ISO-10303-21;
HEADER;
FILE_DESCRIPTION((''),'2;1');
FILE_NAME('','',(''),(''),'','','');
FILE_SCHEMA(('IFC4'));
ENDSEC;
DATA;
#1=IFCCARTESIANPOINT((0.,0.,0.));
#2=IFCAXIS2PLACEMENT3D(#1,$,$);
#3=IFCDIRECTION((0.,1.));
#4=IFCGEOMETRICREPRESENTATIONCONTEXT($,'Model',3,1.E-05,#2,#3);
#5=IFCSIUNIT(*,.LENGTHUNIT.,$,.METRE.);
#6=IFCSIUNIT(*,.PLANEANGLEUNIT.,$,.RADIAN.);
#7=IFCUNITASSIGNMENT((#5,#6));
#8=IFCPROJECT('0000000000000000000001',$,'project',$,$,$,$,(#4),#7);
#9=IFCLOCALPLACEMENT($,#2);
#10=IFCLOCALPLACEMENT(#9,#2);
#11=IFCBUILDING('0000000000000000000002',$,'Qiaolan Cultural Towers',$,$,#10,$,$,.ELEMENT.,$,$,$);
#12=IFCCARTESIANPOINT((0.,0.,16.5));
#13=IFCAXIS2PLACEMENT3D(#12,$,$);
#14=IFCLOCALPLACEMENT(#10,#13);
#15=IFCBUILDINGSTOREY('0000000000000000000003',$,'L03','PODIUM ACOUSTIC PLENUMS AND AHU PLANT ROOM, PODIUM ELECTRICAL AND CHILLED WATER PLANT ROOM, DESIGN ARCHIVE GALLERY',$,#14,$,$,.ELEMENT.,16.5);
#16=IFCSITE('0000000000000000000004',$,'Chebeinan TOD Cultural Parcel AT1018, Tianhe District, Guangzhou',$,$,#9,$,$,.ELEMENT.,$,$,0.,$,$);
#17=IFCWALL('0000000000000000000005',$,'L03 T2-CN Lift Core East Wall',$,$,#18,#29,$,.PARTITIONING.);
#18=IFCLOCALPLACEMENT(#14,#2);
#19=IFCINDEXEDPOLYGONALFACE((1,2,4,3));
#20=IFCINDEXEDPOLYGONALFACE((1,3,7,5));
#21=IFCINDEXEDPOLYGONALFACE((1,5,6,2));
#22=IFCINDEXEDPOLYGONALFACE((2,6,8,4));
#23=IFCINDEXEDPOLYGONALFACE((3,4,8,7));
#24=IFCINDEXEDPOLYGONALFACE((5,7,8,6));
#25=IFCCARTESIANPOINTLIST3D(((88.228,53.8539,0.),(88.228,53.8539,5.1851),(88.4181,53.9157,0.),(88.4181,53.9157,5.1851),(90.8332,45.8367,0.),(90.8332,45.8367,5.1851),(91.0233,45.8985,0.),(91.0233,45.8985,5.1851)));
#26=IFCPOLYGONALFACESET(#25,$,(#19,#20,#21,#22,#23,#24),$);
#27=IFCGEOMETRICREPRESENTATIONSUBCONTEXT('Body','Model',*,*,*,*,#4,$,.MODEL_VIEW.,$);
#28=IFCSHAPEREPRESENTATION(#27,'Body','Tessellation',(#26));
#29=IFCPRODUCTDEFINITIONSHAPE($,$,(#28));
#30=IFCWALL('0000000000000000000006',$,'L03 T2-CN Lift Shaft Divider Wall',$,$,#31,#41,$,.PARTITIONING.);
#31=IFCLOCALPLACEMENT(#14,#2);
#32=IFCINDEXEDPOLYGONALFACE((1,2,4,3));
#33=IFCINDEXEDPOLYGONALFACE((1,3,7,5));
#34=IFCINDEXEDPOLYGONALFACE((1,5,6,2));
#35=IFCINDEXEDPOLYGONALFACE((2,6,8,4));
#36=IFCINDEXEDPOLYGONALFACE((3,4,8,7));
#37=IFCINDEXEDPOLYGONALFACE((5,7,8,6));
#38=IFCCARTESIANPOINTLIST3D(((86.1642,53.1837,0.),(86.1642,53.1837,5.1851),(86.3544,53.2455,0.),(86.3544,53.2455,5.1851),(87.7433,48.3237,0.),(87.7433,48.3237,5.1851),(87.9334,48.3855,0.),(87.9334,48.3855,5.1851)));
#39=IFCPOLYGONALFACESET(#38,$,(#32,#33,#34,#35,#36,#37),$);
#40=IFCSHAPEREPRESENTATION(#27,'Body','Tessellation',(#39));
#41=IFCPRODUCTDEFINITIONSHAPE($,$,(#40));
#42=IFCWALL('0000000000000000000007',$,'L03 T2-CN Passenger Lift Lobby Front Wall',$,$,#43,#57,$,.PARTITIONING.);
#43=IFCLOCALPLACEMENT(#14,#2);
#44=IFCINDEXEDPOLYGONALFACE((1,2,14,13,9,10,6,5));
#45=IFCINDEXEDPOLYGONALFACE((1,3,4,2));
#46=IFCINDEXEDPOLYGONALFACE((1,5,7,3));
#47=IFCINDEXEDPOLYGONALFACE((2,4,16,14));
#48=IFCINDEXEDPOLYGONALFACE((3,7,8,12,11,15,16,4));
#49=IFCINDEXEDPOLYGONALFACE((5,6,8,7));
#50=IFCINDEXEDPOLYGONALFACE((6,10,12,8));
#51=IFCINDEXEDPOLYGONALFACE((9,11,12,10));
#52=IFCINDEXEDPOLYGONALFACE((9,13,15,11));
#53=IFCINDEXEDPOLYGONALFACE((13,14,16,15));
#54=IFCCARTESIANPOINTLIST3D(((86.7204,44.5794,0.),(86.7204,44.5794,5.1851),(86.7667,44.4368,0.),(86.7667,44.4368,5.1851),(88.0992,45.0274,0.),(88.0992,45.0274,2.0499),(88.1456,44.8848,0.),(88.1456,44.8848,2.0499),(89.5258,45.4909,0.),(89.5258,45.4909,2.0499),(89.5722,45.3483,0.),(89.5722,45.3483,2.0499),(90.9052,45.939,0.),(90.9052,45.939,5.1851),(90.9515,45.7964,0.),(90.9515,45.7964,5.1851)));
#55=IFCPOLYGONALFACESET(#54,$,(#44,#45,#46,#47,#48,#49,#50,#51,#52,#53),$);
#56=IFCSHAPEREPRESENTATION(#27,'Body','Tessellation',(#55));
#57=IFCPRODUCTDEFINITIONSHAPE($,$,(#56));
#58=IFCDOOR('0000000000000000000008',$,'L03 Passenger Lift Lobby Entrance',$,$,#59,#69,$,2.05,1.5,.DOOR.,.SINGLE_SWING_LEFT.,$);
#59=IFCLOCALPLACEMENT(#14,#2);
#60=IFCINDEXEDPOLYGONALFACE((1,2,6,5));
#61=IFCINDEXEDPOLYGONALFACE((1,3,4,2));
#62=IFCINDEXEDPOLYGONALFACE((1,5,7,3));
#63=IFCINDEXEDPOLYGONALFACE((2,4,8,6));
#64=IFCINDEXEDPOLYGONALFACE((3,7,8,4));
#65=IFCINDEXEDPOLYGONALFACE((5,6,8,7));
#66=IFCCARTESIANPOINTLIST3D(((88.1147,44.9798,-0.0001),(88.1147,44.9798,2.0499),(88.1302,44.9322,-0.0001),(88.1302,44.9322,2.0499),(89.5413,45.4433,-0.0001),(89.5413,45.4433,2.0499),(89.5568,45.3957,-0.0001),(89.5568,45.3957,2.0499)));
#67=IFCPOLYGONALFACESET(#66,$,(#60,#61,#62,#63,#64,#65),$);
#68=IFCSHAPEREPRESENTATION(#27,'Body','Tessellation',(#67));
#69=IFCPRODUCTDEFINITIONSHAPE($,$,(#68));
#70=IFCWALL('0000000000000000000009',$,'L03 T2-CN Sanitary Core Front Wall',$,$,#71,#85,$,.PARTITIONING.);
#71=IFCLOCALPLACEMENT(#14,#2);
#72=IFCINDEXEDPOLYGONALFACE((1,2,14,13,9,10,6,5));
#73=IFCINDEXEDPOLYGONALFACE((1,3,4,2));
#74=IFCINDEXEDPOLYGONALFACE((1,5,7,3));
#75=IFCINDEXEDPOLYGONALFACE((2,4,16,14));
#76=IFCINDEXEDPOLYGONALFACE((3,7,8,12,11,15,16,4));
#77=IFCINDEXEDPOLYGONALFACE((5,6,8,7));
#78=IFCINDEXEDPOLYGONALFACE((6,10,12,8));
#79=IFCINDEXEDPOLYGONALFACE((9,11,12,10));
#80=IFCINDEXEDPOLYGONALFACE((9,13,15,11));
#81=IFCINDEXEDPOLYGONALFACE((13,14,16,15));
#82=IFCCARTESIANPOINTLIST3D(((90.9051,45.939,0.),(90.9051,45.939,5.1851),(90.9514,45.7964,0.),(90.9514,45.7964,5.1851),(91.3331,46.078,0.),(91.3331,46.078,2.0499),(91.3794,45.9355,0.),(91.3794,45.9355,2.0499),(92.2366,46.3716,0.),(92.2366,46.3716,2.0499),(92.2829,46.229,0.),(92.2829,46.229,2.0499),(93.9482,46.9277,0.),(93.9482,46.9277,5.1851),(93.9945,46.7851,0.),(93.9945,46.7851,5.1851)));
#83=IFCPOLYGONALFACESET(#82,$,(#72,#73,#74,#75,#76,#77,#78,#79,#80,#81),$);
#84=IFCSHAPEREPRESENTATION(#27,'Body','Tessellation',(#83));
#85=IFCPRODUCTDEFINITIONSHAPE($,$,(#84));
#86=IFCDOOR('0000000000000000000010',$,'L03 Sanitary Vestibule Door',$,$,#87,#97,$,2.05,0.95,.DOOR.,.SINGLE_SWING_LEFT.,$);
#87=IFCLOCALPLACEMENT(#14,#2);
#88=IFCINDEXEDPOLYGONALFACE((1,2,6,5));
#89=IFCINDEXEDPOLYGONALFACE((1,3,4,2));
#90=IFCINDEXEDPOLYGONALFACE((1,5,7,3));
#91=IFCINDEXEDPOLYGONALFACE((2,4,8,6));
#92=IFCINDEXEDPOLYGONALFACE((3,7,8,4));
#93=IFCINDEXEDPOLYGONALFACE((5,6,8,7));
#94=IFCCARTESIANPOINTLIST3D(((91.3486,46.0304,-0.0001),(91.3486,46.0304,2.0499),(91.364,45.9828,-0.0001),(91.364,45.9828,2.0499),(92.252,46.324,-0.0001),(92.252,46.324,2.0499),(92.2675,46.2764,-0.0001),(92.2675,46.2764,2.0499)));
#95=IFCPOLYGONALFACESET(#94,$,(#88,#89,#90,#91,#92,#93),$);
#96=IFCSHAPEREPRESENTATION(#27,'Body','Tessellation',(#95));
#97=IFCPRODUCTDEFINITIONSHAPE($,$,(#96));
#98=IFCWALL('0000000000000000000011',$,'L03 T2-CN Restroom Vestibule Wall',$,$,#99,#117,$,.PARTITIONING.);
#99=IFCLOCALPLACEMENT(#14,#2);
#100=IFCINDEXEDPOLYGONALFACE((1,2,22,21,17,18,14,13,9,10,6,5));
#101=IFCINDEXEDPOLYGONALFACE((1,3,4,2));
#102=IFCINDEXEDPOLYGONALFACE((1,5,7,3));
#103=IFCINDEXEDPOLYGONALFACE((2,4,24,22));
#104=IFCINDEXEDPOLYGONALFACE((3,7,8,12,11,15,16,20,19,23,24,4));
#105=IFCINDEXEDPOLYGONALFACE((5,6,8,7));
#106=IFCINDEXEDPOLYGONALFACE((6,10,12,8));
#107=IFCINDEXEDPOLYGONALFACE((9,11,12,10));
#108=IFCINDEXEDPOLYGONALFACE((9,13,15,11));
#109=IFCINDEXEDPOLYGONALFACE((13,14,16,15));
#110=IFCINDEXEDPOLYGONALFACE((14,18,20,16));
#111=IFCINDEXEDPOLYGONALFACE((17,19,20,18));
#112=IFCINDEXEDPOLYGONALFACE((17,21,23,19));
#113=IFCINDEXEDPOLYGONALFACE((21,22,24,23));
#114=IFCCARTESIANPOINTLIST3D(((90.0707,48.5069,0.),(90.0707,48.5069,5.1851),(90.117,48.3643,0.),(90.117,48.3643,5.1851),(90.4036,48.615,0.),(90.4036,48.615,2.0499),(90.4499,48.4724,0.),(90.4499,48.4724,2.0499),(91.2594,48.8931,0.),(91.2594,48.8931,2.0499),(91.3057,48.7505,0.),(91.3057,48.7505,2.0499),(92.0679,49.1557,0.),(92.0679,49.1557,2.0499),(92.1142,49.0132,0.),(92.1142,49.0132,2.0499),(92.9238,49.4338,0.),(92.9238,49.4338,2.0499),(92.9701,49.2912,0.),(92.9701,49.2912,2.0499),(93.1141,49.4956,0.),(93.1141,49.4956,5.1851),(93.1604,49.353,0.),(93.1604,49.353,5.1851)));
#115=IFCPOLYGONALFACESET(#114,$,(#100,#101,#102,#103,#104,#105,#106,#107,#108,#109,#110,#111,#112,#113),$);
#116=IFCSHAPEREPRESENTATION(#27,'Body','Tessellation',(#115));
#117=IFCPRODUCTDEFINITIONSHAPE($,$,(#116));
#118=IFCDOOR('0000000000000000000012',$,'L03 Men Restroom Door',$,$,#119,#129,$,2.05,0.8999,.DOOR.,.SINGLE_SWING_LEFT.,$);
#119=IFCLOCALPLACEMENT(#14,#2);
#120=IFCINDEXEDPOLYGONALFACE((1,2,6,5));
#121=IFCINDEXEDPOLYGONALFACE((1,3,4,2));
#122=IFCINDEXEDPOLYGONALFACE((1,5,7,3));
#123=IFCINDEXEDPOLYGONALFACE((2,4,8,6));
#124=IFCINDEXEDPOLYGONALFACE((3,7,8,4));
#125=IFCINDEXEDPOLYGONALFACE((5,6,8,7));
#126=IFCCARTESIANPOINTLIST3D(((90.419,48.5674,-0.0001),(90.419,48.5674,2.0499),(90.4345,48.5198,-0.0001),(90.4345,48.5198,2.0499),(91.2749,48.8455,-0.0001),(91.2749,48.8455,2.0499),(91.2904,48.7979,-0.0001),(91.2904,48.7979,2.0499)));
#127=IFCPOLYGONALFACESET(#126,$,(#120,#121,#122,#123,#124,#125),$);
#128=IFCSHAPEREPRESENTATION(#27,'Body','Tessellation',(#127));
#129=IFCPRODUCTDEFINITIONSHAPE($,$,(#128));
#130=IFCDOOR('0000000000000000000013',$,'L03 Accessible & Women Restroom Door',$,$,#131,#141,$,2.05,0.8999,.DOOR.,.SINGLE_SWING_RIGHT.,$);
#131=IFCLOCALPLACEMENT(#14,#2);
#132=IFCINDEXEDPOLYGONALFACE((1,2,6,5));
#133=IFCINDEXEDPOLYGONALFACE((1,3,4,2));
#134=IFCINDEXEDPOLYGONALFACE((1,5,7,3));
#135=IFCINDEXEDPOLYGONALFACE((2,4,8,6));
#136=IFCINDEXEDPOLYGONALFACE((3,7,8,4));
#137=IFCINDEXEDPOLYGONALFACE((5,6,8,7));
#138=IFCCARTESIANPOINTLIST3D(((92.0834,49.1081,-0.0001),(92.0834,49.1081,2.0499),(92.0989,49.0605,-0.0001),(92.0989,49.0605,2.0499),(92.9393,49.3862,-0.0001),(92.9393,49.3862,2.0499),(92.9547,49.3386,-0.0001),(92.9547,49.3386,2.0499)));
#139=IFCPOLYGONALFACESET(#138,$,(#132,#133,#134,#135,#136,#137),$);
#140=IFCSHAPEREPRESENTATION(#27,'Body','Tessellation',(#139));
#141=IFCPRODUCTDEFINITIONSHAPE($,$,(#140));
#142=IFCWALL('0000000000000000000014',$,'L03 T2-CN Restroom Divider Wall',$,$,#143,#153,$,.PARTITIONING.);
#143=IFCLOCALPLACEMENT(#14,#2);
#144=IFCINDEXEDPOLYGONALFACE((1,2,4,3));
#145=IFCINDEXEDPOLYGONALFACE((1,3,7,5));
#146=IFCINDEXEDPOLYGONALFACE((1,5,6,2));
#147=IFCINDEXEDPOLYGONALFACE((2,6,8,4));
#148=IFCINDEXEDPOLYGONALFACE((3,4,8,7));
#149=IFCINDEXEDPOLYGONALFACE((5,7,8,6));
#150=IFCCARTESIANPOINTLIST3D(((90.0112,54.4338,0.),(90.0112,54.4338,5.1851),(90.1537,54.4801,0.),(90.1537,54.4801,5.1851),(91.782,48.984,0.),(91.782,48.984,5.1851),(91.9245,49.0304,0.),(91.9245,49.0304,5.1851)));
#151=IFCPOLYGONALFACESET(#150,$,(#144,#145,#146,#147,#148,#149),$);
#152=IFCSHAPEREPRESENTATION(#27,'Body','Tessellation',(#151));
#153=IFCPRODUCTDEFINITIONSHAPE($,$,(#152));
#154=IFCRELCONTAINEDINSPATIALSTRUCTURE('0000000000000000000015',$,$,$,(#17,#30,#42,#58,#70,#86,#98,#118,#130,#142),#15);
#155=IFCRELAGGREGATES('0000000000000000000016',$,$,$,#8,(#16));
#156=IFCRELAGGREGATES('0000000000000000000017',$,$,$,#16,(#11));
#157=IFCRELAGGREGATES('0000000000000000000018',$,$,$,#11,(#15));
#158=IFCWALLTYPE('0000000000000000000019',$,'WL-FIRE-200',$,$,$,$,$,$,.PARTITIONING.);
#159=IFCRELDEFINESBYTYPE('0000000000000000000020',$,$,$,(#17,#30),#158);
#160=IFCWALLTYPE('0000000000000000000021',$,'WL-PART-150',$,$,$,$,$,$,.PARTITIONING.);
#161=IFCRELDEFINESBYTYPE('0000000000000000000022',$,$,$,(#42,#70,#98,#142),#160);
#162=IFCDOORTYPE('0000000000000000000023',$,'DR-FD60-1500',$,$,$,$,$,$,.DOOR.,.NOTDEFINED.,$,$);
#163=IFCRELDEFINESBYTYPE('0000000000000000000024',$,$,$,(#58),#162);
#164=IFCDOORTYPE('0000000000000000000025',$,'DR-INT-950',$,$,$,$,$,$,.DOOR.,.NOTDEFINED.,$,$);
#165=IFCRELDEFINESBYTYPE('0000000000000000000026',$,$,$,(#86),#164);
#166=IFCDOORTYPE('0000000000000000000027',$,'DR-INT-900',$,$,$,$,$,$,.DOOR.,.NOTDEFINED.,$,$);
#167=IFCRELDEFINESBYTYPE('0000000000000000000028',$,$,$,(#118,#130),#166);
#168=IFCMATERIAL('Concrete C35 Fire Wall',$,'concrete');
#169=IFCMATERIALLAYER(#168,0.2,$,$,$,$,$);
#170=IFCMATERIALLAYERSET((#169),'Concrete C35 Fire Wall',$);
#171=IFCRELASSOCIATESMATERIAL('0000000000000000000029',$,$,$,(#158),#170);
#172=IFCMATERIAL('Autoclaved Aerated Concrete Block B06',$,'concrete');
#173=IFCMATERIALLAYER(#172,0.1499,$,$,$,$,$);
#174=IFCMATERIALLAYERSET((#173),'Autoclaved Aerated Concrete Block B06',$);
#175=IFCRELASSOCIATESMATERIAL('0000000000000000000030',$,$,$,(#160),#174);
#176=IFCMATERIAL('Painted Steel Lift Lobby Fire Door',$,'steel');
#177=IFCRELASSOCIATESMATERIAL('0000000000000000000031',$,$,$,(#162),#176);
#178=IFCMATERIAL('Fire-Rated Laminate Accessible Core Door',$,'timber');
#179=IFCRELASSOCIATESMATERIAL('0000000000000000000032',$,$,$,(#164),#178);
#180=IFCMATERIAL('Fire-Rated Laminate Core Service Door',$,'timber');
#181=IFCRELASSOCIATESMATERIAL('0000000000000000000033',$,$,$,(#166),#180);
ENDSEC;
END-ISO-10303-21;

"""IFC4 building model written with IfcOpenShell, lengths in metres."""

from ifc_helpers import new_model, si_unit, direction, frame, frame_2d, origin, place, context, subcontext, project, spatial, rectangle, extrude, material, layer, layer_set, type_object, element, fill, save


model = new_model("IFC4")

# Units and contexts
model_context = context("Model", 3, precision=1e-05, world=origin(), true_north=direction((0.0, 1.0)))
body_context = subcontext(model_context, "Body", "Model", "MODEL_VIEW")
ifc_project = project(units=[si_unit("LENGTHUNIT", "METRE"), si_unit("PLANEANGLEUNIT", "RADIAN")], contexts=[model_context])

# Site, building, storey
site_placement = place(None, origin())
site = spatial("IfcSite", under=ifc_project, at=site_placement, Name="Chebeinan TOD Cultural Parcel AT1018, Tianhe District, Guangzhou", CompositionType="ELEMENT", RefElevation=0.0)
building_placement = place(site_placement, origin())
building = spatial("IfcBuilding", under=site, at=building_placement, Name="Qiaolan Cultural Towers", CompositionType="ELEMENT")
storey_placement = place(building_placement, frame((0.0, 0.0, 16.5)))
storey = spatial("IfcBuildingStorey", under=building, at=storey_placement, Name="L03", Description="PODIUM ACOUSTIC PLENUMS AND AHU PLANT ROOM, PODIUM ELECTRICAL AND CHILLED WATER PLANT ROOM, DESIGN ARCHIVE GALLERY", CompositionType="ELEMENT", Elevation=16.5)

# Walls
ifc_material_1 = material(Name="Concrete C35 Fire Wall", Category="concrete")
ifc_layer_1 = layer(ifc_material_1, 0.2)
ifc_layer_set_1 = layer_set([ifc_layer_1], Name="Concrete C35 Fire Wall")
wall_type_1 = type_object("IfcWallType", Name="WL-FIRE-200", PredefinedType="PARTITIONING", material=ifc_layer_set_1)
for number, where, z_axis, x_axis, name in (
    (1, (90.9282, 45.8677, 0.0), (0.0, 0.0, 1.0), (-0.309042, 0.951048, 0.0), "L03 T2-CN Lift Core East Wall"),
):
    element("IfcWall", number, at=place(storey_placement, frame(where, z_axis=z_axis, x_axis=x_axis)), inside=storey, type_object=wall_type_1, Name=name, PredefinedType="PARTITIONING", context=body_context, shape_type="SweptSolid", body=[
        extrude(rectangle(XDim=8.4299, YDim=0.2, at=frame_2d((4.2148, 0.0))), origin(), (0.0, 0.0, 1.0), 5.1851),
    ])
wall_1_placement = place(storey_placement, frame((87.8384, 48.3545, 0.0), z_axis=(0.0, 0.0, 1.0), x_axis=(-0.309009, 0.951059, 0.0)))
element("IfcWall", 2, at=wall_1_placement, inside=storey, type_object=wall_type_1, Name="L03 T2-CN Lift Shaft Divider Wall", PredefinedType="PARTITIONING", context=body_context, shape_type="SweptSolid", body=[
    extrude(rectangle(XDim=5.1101, YDim=0.2, at=frame_2d((2.5552, 0.0))), origin(), (0.0, 0.0, 1.0), 5.1851),
])

# Walls, openings, doors
ifc_material_2 = material(Name="Autoclaved Aerated Concrete Block B06", Category="concrete")
ifc_layer_2 = layer(ifc_material_2, 0.1499)
ifc_layer_set_2 = layer_set([ifc_layer_2], Name="Autoclaved Aerated Concrete Block B06")
wall_type_2 = type_object("IfcWallType", Name="WL-PART-150", PredefinedType="PARTITIONING", material=ifc_layer_set_2)
wall_2_placement = place(storey_placement, frame((86.7434, 44.5081, 0.0), z_axis=(0.0, 0.0, 1.0), x_axis=(0.951064, 0.308994, 0.0)))
wall_2 = element("IfcWall", 3, at=wall_2_placement, inside=storey, type_object=wall_type_2, Name="L03 T2-CN Passenger Lift Lobby Front Wall", PredefinedType="PARTITIONING", context=body_context, shape_type="SweptSolid", body=[
    extrude(rectangle(XDim=4.4001, YDim=0.1499, at=frame_2d((2.2002, 0.0))), origin(), (0.0, 0.0, 1.0), 5.1851),
])
opening_1_placement = place(wall_2_placement, frame((1.45, 0.0, 0.0)))
opening_1 = element("IfcOpeningElement", 4, at=opening_1_placement, cuts=wall_2, PredefinedType="OPENING", context=body_context, shape_type="SweptSolid", body=[
    extrude(rectangle(XDim=1.5, YDim=2.05, at=frame_2d((0.75, 1.0249))), frame((0.0, 0.085, 0.0), z_axis=(0.0, -1.0, 0.0), x_axis=(1.0, 0.0, 0.0)), (0.0, 0.0, 1.0), 0.1699),
])
ifc_material_3 = material(Name="Painted Steel Lift Lobby Fire Door", Category="steel")
door_type_1 = type_object("IfcDoorType", Name="DR-FD60-1500", OperationType="NOTDEFINED", PredefinedType="DOOR", material=ifc_material_3)
door_1_placement = place(opening_1_placement, origin())
door_1 = element("IfcDoor", 5, at=door_1_placement, inside=storey, type_object=door_type_1, Name="L03 Passenger Lift Lobby Entrance", OperationType="SINGLE_SWING_LEFT", OverallHeight=2.05, OverallWidth=1.5, PredefinedType="DOOR", context=body_context, shape_type="SweptSolid", body=[
    extrude(rectangle(XDim=1.5, YDim=2.05, at=frame_2d((0.75, 1.0249))), frame((0.0, 0.0249, 0.0), z_axis=(0.0, -1.0, 0.0), x_axis=(1.0, 0.0, 0.0)), (0.0, 0.0, 1.0), 0.05),
])
fill(opening_1, door_1)
wall_3_placement = place(storey_placement, frame((90.9282, 45.8677, 0.0), z_axis=(0.0, 0.0, 1.0), x_axis=(0.951059, 0.309008, 0.0)))
wall_3 = element("IfcWall", 6, at=wall_3_placement, inside=storey, type_object=wall_type_2, Name="L03 T2-CN Sanitary Core Front Wall", PredefinedType="PARTITIONING", context=body_context, shape_type="SweptSolid", body=[
    extrude(rectangle(XDim=3.1997, YDim=0.1499, at=frame_2d((1.5999, 0.0))), origin(), (0.0, 0.0, 1.0), 5.1851),
])
opening_2_placement = place(wall_3_placement, frame((0.45, 0.0, 0.0)))
opening_2 = element("IfcOpeningElement", 7, at=opening_2_placement, cuts=wall_3, PredefinedType="OPENING", context=body_context, shape_type="SweptSolid", body=[
    extrude(rectangle(XDim=0.95, YDim=2.05, at=frame_2d((0.4751, 1.0249))), frame((0.0, 0.085, 0.0), z_axis=(0.0, -1.0, 0.0), x_axis=(1.0, 0.0, 0.0)), (0.0, 0.0, 1.0), 0.1699),
])
ifc_material_4 = material(Name="Fire-Rated Laminate Accessible Core Door", Category="timber")
door_type_2 = type_object("IfcDoorType", Name="DR-INT-950", OperationType="NOTDEFINED", PredefinedType="DOOR", material=ifc_material_4)
door_2_placement = place(opening_2_placement, origin())
door_2 = element("IfcDoor", 8, at=door_2_placement, inside=storey, type_object=door_type_2, Name="L03 Sanitary Vestibule Door", OperationType="SINGLE_SWING_LEFT", OverallHeight=2.05, OverallWidth=0.95, PredefinedType="DOOR", context=body_context, shape_type="SweptSolid", body=[
    extrude(rectangle(XDim=0.95, YDim=2.05, at=frame_2d((0.4751, 1.0249))), frame((0.0, 0.0249, 0.0), z_axis=(0.0, -1.0, 0.0), x_axis=(1.0, 0.0, 0.0)), (0.0, 0.0, 1.0), 0.05),
])
fill(opening_2, door_2)

# Wall, openings, doors
wall_4_placement = place(storey_placement, frame((90.0938, 48.4355, 0.0), z_axis=(0.0, 0.0, 1.0), x_axis=(0.951067, 0.308986, 0.0)))
wall_4 = element("IfcWall", 9, at=wall_4_placement, inside=storey, type_object=wall_type_2, Name="L03 T2-CN Restroom Vestibule Wall", PredefinedType="PARTITIONING", context=body_context, shape_type="SweptSolid", body=[
    extrude(rectangle(XDim=3.2, YDim=0.1499, at=frame_2d((1.6001, 0.0))), origin(), (0.0, 0.0, 1.0), 5.1851),
])
opening_3_placement = place(wall_4_placement, frame((0.3501, 0.0, 0.0)))
opening_3 = element("IfcOpeningElement", 10, at=opening_3_placement, cuts=wall_4, PredefinedType="OPENING", context=body_context, shape_type="SweptSolid", body=[
    extrude(rectangle(XDim=0.8999, YDim=2.05, at=frame_2d((0.45, 1.0249))), frame((0.0, 0.085, 0.0), z_axis=(0.0, -1.0, 0.0), x_axis=(1.0, 0.0, 0.0)), (0.0, 0.0, 1.0), 0.1699),
])
opening_4_placement = place(wall_4_placement, frame((2.1001, 0.0, 0.0)))
opening_4 = element("IfcOpeningElement", 11, at=opening_4_placement, cuts=wall_4, PredefinedType="OPENING", context=body_context, shape_type="SweptSolid", body=[
    extrude(rectangle(XDim=0.8999, YDim=2.05, at=frame_2d((0.45, 1.0249))), frame((0.0, 0.085, 0.0), z_axis=(0.0, -1.0, 0.0), x_axis=(1.0, 0.0, 0.0)), (0.0, 0.0, 1.0), 0.1699),
])
ifc_material_5 = material(Name="Fire-Rated Laminate Core Service Door", Category="timber")
door_type_3 = type_object("IfcDoorType", Name="DR-INT-900", OperationType="NOTDEFINED", PredefinedType="DOOR", material=ifc_material_5)
door_3_placement = place(opening_3_placement, origin())
door_3 = element("IfcDoor", 12, at=door_3_placement, inside=storey, type_object=door_type_3, Name="L03 Men Restroom Door", OperationType="SINGLE_SWING_LEFT", OverallHeight=2.05, OverallWidth=0.8999, PredefinedType="DOOR", context=body_context, shape_type="SweptSolid", body=[
    extrude(rectangle(XDim=0.8999, YDim=2.05, at=frame_2d((0.45, 1.0249))), frame((0.0, 0.0249, 0.0), z_axis=(0.0, -1.0, 0.0), x_axis=(1.0, 0.0, 0.0)), (0.0, 0.0, 1.0), 0.05),
])
fill(opening_3, door_3)
door_4_placement = place(opening_4_placement, origin())
door_4 = element("IfcDoor", 13, at=door_4_placement, inside=storey, type_object=door_type_3, Name="L03 Accessible & Women Restroom Door", OperationType="SINGLE_SWING_RIGHT", OverallHeight=2.05, OverallWidth=0.8999, PredefinedType="DOOR", context=body_context, shape_type="SweptSolid", body=[
    extrude(rectangle(XDim=0.8999, YDim=2.05, at=frame_2d((0.45, 1.0249))), frame((0.0, 0.0249, 0.0), z_axis=(0.0, -1.0, 0.0), x_axis=(1.0, 0.0, 0.0)), (0.0, 0.0, 1.0), 0.05),
])
fill(opening_4, door_4)

# Wall
wall_5_placement = place(storey_placement, frame((91.8533, 49.0071, 0.0), z_axis=(0.0, 0.0, 1.0), x_axis=(-0.309022, 0.951055, 0.0)))
element("IfcWall", 14, at=wall_5_placement, inside=storey, type_object=wall_type_2, Name="L03 T2-CN Restroom Divider Wall", PredefinedType="PARTITIONING", context=body_context, shape_type="SweptSolid", body=[
    extrude(rectangle(XDim=5.7302, YDim=0.1499, at=frame_2d((2.8652, 0.0))), origin(), (0.0, 0.0, 1.0), 5.1851),
])

save(model, "model.ifc")
